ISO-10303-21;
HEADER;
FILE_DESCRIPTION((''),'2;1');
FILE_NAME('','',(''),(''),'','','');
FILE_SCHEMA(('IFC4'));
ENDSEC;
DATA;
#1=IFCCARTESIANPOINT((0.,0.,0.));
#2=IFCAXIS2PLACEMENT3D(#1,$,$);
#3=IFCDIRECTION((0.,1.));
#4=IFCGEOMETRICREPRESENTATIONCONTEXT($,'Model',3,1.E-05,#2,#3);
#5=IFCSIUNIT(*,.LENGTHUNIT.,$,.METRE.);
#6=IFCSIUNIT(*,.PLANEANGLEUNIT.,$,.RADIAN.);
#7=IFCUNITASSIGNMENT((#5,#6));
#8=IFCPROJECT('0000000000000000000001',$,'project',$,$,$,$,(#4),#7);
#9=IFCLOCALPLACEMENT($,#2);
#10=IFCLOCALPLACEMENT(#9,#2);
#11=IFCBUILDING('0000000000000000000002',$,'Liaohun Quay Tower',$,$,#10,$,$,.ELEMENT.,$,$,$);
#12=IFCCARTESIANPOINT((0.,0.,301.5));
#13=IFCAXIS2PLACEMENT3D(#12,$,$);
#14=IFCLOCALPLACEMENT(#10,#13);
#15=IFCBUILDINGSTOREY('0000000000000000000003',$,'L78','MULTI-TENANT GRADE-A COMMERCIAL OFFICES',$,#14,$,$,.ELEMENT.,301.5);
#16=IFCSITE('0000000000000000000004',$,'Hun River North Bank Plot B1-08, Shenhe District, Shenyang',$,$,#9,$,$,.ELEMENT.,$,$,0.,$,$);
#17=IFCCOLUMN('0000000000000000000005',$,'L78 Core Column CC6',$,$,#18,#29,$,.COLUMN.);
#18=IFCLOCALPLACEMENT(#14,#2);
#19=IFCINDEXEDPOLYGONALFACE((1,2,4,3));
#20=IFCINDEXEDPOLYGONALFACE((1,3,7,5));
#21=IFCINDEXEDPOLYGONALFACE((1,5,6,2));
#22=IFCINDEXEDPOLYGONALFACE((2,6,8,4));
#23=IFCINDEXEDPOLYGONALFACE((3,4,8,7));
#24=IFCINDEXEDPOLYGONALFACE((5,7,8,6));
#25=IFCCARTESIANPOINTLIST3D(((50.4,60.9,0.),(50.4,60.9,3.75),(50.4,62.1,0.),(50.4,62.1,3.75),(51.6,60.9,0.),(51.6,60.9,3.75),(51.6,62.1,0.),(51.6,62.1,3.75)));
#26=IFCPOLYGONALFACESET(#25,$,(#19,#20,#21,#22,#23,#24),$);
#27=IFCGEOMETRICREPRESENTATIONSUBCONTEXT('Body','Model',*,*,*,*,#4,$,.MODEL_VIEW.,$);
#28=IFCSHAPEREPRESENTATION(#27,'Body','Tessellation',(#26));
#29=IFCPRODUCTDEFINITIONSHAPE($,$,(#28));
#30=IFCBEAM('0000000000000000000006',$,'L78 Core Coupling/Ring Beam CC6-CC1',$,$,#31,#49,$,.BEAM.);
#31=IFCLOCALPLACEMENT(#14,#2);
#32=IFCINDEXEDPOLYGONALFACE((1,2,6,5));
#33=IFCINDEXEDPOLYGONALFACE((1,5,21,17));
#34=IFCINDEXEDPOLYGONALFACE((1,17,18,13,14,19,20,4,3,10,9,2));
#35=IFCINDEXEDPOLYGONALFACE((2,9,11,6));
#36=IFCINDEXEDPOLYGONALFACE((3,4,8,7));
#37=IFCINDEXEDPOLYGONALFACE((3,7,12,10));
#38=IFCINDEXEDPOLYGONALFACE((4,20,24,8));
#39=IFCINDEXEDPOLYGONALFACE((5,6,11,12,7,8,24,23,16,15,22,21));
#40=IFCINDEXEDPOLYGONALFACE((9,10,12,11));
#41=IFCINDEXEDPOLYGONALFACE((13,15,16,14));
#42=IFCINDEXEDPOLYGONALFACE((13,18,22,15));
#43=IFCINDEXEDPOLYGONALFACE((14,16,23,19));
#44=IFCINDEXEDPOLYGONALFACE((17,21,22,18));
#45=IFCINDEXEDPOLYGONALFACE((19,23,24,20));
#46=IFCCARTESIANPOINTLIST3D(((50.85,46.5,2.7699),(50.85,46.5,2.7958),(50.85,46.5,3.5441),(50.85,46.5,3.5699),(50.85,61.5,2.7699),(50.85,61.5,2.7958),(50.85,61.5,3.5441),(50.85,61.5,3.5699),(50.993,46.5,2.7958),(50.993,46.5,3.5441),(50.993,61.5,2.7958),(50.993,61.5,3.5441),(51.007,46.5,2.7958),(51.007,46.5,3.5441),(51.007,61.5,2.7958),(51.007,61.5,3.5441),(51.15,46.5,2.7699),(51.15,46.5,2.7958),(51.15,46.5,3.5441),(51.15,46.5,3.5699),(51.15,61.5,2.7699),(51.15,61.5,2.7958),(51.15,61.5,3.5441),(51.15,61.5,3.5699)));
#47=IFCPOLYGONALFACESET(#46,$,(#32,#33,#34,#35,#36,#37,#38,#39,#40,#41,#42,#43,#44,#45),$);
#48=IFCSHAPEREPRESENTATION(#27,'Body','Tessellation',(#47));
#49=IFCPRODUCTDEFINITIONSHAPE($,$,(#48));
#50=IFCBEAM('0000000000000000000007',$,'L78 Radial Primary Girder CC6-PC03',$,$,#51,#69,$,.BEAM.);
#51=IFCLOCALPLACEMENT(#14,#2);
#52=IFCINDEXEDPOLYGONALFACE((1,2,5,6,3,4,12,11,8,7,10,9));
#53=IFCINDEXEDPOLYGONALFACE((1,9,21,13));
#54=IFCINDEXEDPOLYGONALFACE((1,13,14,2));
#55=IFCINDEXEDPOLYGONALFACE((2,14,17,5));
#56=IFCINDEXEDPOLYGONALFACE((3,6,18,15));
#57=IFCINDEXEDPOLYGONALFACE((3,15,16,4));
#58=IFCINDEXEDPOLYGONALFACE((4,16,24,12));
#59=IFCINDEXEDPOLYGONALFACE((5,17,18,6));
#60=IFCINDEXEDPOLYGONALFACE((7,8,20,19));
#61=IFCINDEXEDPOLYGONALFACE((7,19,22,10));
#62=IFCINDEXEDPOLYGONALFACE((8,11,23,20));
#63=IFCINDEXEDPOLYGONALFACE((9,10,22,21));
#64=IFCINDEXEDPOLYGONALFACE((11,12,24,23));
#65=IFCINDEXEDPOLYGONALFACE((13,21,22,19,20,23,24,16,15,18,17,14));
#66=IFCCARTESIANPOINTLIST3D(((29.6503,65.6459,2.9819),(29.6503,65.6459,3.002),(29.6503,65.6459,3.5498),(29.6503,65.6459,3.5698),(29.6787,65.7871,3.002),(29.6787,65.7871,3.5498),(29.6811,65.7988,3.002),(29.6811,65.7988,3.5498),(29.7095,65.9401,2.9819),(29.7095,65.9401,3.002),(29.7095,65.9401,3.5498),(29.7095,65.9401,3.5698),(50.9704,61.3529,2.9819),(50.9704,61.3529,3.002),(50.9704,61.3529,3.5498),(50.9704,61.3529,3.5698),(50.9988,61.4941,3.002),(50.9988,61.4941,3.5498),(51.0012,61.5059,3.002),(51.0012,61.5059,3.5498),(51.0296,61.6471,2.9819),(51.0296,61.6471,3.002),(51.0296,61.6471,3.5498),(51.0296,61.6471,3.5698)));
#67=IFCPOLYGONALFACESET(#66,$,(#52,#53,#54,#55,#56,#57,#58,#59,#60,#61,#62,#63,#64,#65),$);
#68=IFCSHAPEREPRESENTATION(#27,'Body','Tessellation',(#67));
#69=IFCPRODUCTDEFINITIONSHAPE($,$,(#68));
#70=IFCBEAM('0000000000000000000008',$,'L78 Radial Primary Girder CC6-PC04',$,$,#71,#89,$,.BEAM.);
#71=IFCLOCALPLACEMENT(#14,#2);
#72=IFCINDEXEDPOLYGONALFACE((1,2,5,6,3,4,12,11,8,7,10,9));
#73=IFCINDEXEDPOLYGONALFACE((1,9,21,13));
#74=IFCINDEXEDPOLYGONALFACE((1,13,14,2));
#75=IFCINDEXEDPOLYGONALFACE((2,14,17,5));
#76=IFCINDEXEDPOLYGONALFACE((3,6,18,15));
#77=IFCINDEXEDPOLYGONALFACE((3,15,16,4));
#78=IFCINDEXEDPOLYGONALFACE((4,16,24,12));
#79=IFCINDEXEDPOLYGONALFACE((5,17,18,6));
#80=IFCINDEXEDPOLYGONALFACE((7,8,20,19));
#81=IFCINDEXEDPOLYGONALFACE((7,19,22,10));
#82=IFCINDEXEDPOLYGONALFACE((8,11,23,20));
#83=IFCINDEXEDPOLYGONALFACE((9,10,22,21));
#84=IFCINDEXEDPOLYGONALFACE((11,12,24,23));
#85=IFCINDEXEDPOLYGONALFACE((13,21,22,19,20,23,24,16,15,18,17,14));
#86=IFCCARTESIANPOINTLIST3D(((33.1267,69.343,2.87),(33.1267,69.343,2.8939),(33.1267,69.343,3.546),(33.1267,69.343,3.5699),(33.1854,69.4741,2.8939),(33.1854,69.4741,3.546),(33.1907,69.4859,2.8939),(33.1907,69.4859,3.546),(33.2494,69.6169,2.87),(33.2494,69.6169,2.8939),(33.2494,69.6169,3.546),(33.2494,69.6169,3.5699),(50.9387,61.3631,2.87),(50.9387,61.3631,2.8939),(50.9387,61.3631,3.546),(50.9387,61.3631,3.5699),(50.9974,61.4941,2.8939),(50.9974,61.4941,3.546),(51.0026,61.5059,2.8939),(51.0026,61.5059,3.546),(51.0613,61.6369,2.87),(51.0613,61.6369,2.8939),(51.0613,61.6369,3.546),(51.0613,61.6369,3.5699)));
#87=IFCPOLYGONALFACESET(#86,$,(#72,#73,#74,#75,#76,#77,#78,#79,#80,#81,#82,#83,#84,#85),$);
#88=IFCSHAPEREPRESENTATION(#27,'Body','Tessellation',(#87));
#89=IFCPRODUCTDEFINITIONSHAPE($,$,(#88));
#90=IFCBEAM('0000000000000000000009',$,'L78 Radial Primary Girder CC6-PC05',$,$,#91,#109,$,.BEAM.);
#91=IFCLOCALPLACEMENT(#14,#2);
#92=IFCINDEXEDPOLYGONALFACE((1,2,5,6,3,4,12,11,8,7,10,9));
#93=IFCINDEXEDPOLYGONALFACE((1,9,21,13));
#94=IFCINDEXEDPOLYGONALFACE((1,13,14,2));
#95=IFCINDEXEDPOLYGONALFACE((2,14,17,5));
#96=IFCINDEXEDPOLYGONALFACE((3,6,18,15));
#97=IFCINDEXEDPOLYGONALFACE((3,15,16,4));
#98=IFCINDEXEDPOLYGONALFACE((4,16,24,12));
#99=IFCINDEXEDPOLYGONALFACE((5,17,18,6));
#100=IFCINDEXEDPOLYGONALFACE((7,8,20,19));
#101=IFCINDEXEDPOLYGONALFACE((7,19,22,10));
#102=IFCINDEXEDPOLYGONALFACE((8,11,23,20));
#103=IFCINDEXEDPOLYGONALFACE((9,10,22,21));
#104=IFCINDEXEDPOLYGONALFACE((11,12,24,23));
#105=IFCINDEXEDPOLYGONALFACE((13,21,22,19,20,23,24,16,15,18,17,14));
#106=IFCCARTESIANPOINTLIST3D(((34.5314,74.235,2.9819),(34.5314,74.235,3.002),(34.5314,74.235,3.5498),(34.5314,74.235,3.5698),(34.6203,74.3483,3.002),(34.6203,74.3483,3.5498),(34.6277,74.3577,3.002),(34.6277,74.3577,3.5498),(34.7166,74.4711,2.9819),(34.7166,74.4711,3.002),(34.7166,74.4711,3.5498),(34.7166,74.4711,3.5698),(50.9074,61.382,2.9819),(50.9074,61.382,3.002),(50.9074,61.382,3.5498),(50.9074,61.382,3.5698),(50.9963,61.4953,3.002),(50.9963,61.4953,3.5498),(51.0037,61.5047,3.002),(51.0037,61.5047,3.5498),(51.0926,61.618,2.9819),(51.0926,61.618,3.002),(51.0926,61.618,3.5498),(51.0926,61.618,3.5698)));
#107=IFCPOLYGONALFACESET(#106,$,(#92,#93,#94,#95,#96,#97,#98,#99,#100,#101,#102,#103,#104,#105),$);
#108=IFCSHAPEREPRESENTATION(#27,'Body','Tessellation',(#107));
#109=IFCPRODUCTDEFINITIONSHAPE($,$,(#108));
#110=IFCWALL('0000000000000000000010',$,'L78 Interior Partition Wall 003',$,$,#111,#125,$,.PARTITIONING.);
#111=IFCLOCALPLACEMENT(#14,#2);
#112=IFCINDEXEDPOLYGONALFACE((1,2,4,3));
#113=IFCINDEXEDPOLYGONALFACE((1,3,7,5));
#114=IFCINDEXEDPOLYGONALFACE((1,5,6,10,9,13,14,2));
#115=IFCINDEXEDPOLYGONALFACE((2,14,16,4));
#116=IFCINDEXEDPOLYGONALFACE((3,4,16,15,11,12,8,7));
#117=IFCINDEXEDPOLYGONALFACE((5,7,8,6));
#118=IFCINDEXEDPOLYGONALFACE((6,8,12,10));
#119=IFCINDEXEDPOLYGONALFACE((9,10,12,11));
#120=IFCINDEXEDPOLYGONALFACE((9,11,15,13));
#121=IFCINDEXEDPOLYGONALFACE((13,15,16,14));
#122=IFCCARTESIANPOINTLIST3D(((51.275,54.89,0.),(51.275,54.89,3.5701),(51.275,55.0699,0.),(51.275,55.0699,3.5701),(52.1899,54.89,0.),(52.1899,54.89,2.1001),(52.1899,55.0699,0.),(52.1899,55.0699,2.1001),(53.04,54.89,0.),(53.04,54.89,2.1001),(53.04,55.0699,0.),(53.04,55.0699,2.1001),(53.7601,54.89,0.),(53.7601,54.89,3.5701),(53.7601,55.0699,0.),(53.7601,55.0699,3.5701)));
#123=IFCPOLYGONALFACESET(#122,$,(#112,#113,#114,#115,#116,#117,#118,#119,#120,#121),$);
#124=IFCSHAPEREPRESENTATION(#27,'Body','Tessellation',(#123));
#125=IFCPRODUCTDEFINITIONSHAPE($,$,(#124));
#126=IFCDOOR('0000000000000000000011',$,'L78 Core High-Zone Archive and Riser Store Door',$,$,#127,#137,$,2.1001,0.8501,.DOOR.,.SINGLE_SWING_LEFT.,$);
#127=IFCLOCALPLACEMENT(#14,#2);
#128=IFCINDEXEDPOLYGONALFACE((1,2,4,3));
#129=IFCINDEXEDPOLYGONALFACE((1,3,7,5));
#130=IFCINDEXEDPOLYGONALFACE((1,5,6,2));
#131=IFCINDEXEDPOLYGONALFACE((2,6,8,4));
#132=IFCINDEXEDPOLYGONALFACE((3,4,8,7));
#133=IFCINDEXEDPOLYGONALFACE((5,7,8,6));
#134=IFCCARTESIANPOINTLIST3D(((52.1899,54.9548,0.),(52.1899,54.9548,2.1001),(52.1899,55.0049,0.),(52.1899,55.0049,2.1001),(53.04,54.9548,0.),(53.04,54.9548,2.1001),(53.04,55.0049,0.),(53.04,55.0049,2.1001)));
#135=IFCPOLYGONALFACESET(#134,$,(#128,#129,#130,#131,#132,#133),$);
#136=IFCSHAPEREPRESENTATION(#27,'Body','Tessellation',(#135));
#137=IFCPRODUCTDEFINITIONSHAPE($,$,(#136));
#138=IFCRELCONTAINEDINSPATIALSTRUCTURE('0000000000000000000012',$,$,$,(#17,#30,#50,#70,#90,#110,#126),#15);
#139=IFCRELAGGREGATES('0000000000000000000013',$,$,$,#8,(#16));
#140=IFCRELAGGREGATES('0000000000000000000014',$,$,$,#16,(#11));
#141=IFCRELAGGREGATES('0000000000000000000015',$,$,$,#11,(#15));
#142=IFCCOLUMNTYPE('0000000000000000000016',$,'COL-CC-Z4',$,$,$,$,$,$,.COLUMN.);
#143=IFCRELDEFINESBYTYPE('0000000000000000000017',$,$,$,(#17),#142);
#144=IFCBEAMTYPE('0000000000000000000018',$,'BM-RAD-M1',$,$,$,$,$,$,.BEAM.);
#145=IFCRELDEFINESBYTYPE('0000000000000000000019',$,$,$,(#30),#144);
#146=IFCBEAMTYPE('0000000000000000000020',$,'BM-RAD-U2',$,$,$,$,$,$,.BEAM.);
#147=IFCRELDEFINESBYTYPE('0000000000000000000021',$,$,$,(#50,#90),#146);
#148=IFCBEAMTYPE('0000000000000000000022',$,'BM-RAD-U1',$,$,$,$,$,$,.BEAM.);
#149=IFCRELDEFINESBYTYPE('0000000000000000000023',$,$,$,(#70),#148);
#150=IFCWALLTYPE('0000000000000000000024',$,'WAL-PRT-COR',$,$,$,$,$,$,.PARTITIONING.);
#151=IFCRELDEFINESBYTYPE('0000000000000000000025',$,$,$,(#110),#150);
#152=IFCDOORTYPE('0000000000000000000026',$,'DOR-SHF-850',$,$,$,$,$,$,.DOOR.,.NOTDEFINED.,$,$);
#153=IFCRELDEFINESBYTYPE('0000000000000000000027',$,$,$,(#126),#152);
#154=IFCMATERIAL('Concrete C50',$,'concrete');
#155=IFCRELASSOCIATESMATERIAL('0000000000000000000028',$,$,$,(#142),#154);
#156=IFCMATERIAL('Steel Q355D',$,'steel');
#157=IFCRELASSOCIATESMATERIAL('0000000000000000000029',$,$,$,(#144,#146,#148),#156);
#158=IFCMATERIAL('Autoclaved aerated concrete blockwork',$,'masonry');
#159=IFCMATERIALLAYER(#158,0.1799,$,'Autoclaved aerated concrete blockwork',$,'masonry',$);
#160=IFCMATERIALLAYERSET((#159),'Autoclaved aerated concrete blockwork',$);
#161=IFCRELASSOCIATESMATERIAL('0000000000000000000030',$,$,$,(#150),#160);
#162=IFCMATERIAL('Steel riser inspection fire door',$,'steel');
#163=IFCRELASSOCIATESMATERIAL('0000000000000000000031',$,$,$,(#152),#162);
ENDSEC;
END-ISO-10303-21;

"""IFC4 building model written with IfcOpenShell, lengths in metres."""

from ifc_helpers import new_model, si_unit, direction, frame, frame_2d, origin, origin_2d, place, context, subcontext, project, spatial, rectangle, i_section, extrude, source, transform, mapped, material, layer, layer_set, material_profile, profile_set, type_object, element, fill, save


model = new_model("IFC4")

# Units and contexts
model_context = context("Model", 3, precision=1e-05, world=origin(), true_north=direction((0.0, 1.0)))
body_context = subcontext(model_context, "Body", "Model", "MODEL_VIEW")
ifc_project = project(units=[si_unit("LENGTHUNIT", "METRE"), si_unit("PLANEANGLEUNIT", "RADIAN")], contexts=[model_context])

# Site, building, storey
site_placement = place(None, origin())
site = spatial("IfcSite", under=ifc_project, at=site_placement, Name="Hun River North Bank Plot B1-08, Shenhe District, Shenyang", CompositionType="ELEMENT", RefElevation=0.0)
building_placement = place(site_placement, origin())
building = spatial("IfcBuilding", under=site, at=building_placement, Name="Liaohun Quay Tower", CompositionType="ELEMENT")
storey_placement = place(building_placement, frame((0.0, 0.0, 301.5)))
storey = spatial("IfcBuildingStorey", under=building, at=storey_placement, Name="L78", Description="MULTI-TENANT GRADE-A COMMERCIAL OFFICES", CompositionType="ELEMENT", Elevation=301.5)

# Column
ifc_material_1 = material(Name="Concrete C50", Category="concrete")
ifc_material_profile_1 = material_profile(ifc_material_1, rectangle(XDim=1.2, YDim=1.2, at=origin_2d()), Name="RC1200x1200")
ifc_profile_set_1 = profile_set([ifc_material_profile_1], Name="Concrete C50")
column_type = type_object("IfcColumnType", Name="COL-CC-Z4", PredefinedType="COLUMN", material=ifc_profile_set_1)
shared_shape_1 = source(origin(), body_context, "Body", "SweptSolid", [
    extrude(rectangle(XDim=1.2, YDim=1.2, at=origin_2d()), origin(), (0.0, 0.0, 1.0), 3.75),
])
column_placement = place(storey_placement, frame((51.0, 61.5, 0.0), z_axis=(0.0, 0.0, 1.0), x_axis=(1.0, 0.0, 0.0)))
element("IfcColumn", 1, at=column_placement, inside=storey, type_object=column_type, Name="L78 Core Column CC6", PredefinedType="COLUMN", context=body_context, shape_type="MappedRepresentation", body=[
    mapped(shared_shape_1, transform((0.0, 0.0, 0.0), x_axis=(1.0, 0.0, 0.0), y_axis=(0.0, 1.0, 0.0), z_axis=(0.0, 0.0, 1.0), scale=1.0)),
])

# Beams
ifc_material_2 = material(Name="Steel Q355D", Category="steel")
ifc_material_profile_2 = material_profile(ifc_material_2, i_section(OverallWidth=0.3, OverallDepth=0.8, WebThickness=0.0139, FlangeThickness=0.0259, at=origin_2d()), Name="HN800x300x14x26")
ifc_profile_set_2 = profile_set([ifc_material_profile_2], Name="Steel Q355D")
beam_type_1 = type_object("IfcBeamType", Name="BM-RAD-M1", PredefinedType="BEAM", material=ifc_profile_set_2)
shared_shape_2 = source(origin(), body_context, "Body", "SweptSolid", [
    extrude(i_section(OverallWidth=0.3, OverallDepth=0.8, WebThickness=0.0139, FlangeThickness=0.0259, at=origin_2d()), origin(), (0.0, 0.0, 1.0), 15.0),
])
beam_1_placement = place(storey_placement, frame((51.0, 61.5, 3.1699), z_axis=(0.0, -1.0, 0.0), x_axis=(1.0, 0.0, 0.0)))
element("IfcBeam", 2, at=beam_1_placement, inside=storey, type_object=beam_type_1, Name="L78 Core Coupling/Ring Beam CC6-CC1", PredefinedType="BEAM", context=body_context, shape_type="MappedRepresentation", body=[
    mapped(shared_shape_2, transform((0.0, 0.0, 0.0), x_axis=(1.0, 0.0, 0.0), y_axis=(0.0, 1.0, 0.0), z_axis=(0.0, 0.0, 1.0), scale=1.0)),
])
ifc_material_profile_3 = material_profile(ifc_material_2, i_section(OverallWidth=0.3, OverallDepth=0.5879, WebThickness=0.012, FlangeThickness=0.02, at=origin_2d()), Name="HM588x300x12x20")
ifc_profile_set_3 = profile_set([ifc_material_profile_3], Name="Steel Q355D")
beam_type_2 = type_object("IfcBeamType", Name="BM-RAD-U2", PredefinedType="BEAM", material=ifc_profile_set_3)
shared_shape_3 = source(origin(), body_context, "Body", "SweptSolid", [
    extrude(i_section(OverallWidth=0.3, OverallDepth=0.5879, WebThickness=0.012, FlangeThickness=0.02, at=origin_2d()), origin(), (0.0, 0.0, 1.0), 21.748),
])
beam_2_placement = place(storey_placement, frame((51.0, 61.5, 3.2759), z_axis=(-0.980324, 0.197396, 0.0), x_axis=(-0.197396, -0.980324, 0.0)))
element("IfcBeam", 3, at=beam_2_placement, inside=storey, type_object=beam_type_2, Name="L78 Radial Primary Girder CC6-PC03", PredefinedType="BEAM", context=body_context, shape_type="MappedRepresentation", body=[
    mapped(shared_shape_3, transform((0.0, 0.0, 0.0), x_axis=(1.0, 0.0, 0.0), y_axis=(0.0, 1.0, 0.0), z_axis=(0.0, 0.0, 1.0), scale=1.0)),
])
ifc_material_profile_4 = material_profile(ifc_material_2, i_section(OverallWidth=0.3, OverallDepth=0.7, WebThickness=0.0129, FlangeThickness=0.0239, at=origin_2d()), Name="HN700x300x13x24")
ifc_profile_set_4 = profile_set([ifc_material_profile_4], Name="Steel Q355D")
beam_type_3 = type_object("IfcBeamType", Name="BM-RAD-U1", PredefinedType="BEAM", material=ifc_profile_set_4)
shared_shape_4 = source(origin(), body_context, "Body", "SweptSolid", [
    extrude(i_section(OverallWidth=0.3, OverallDepth=0.7, WebThickness=0.0129, FlangeThickness=0.0239, at=origin_2d()), origin(), (0.0, 0.0, 1.0), 19.5178),
])
beam_3_placement = place(storey_placement, frame((51.0, 61.5, 3.22), z_axis=(-0.912599, 0.408855, 0.0), x_axis=(-0.408855, -0.912599, 0.0)))
element("IfcBeam", 4, at=beam_3_placement, inside=storey, type_object=beam_type_3, Name="L78 Radial Primary Girder CC6-PC04", PredefinedType="BEAM", context=body_context, shape_type="MappedRepresentation", body=[
    mapped(shared_shape_4, transform((0.0, 0.0, 0.0), x_axis=(1.0, 0.0, 0.0), y_axis=(0.0, 1.0, 0.0), z_axis=(0.0, 0.0, 1.0), scale=1.0)),
])
shared_shape_5 = source(origin(), body_context, "Body", "SweptSolid", [
    extrude(i_section(OverallWidth=0.3, OverallDepth=0.5879, WebThickness=0.012, FlangeThickness=0.02, at=origin_2d()), origin(), (0.0, 0.0, 1.0), 20.8176),
])
beam_4_placement = place(storey_placement, frame((51.0, 61.5, 3.2759), z_axis=(-0.786641, 0.617411, 0.0), x_axis=(-0.617411, -0.786641, 0.0)))
element("IfcBeam", 5, at=beam_4_placement, inside=storey, type_object=beam_type_2, Name="L78 Radial Primary Girder CC6-PC05", PredefinedType="BEAM", context=body_context, shape_type="MappedRepresentation", body=[
    mapped(shared_shape_5, transform((0.0, 0.0, 0.0), x_axis=(1.0, 0.0, 0.0), y_axis=(0.0, 1.0, 0.0), z_axis=(0.0, 0.0, 1.0), scale=1.0)),
])

# Wall, opening, door
ifc_material_3 = material(Name="Autoclaved aerated concrete blockwork", Category="masonry")
ifc_layer_1 = layer(ifc_material_3, 0.1799, Name="Autoclaved aerated concrete blockwork", Category="masonry")
ifc_layer_set_1 = layer_set([ifc_layer_1], Name="Autoclaved aerated concrete blockwork")
wall_type_1 = type_object("IfcWallType", Name="WAL-PRT-COR", PredefinedType="PARTITIONING", material=ifc_layer_set_1)
wall_1_placement = place(storey_placement, frame((51.2749, 54.98, 0.0), z_axis=(0.0, 0.0, 1.0), x_axis=(1.0, 0.0, 0.0)))
wall_1 = element("IfcWall", 6, at=wall_1_placement, inside=storey, type_object=wall_type_1, Name="L78 Interior Partition Wall 003", PredefinedType="PARTITIONING", context=body_context, shape_type="SweptSolid", body=[
    extrude(rectangle(XDim=2.4851, YDim=0.1799, at=frame_2d((1.2427, 0.0))), origin(), (0.0, 0.0, 1.0), 3.5701),
])
shared_shape_6 = source(origin(), body_context, "Body", "SweptSolid", [
    extrude(rectangle(XDim=0.8501, YDim=2.1001, at=frame_2d((0.425, 1.05))), frame((0.0, 0.0999, 0.0), z_axis=(0.0, -1.0, 0.0), x_axis=(1.0, 0.0, 0.0)), (0.0, 0.0, 1.0), 0.2),
])
opening_1_placement = place(wall_1_placement, frame((0.915, 0.0, 0.0)))
opening_1 = element("IfcOpeningElement", 7, at=opening_1_placement, cuts=wall_1, PredefinedType="OPENING", context=body_context, shape_type="MappedRepresentation", body=[
    mapped(shared_shape_6, transform((0.0, 0.0, 0.0), x_axis=(1.0, 0.0, 0.0), y_axis=(0.0, 1.0, 0.0), z_axis=(0.0, 0.0, 1.0), scale=1.0)),
])
ifc_material_4 = material(Name="Steel riser inspection fire door", Category="steel")
door_type_1 = type_object("IfcDoorType", Name="DOR-SHF-850", OperationType="NOTDEFINED", PredefinedType="DOOR", material=ifc_material_4)
shared_shape_7 = source(origin(), body_context, "Body", "SweptSolid", [
    extrude(rectangle(XDim=0.8501, YDim=2.1001, at=frame_2d((0.425, 1.05))), frame((0.0, 0.0249, 0.0), z_axis=(0.0, -1.0, 0.0), x_axis=(1.0, 0.0, 0.0)), (0.0, 0.0, 1.0), 0.05),
])
door_1_placement = place(opening_1_placement, origin())
door_1 = element("IfcDoor", 8, at=door_1_placement, inside=storey, type_object=door_type_1, Name="L78 Core High-Zone Archive and Riser Store Door", OperationType="SINGLE_SWING_LEFT", OverallHeight=2.1001, OverallWidth=0.8501, PredefinedType="DOOR", context=body_context, shape_type="MappedRepresentation", body=[
    mapped(shared_shape_7, transform((0.0, 0.0, 0.0), x_axis=(1.0, 0.0, 0.0), y_axis=(0.0, 1.0, 0.0), z_axis=(0.0, 0.0, 1.0), scale=1.0)),
])
fill(opening_1, door_1)

save(model, "model.ifc")
